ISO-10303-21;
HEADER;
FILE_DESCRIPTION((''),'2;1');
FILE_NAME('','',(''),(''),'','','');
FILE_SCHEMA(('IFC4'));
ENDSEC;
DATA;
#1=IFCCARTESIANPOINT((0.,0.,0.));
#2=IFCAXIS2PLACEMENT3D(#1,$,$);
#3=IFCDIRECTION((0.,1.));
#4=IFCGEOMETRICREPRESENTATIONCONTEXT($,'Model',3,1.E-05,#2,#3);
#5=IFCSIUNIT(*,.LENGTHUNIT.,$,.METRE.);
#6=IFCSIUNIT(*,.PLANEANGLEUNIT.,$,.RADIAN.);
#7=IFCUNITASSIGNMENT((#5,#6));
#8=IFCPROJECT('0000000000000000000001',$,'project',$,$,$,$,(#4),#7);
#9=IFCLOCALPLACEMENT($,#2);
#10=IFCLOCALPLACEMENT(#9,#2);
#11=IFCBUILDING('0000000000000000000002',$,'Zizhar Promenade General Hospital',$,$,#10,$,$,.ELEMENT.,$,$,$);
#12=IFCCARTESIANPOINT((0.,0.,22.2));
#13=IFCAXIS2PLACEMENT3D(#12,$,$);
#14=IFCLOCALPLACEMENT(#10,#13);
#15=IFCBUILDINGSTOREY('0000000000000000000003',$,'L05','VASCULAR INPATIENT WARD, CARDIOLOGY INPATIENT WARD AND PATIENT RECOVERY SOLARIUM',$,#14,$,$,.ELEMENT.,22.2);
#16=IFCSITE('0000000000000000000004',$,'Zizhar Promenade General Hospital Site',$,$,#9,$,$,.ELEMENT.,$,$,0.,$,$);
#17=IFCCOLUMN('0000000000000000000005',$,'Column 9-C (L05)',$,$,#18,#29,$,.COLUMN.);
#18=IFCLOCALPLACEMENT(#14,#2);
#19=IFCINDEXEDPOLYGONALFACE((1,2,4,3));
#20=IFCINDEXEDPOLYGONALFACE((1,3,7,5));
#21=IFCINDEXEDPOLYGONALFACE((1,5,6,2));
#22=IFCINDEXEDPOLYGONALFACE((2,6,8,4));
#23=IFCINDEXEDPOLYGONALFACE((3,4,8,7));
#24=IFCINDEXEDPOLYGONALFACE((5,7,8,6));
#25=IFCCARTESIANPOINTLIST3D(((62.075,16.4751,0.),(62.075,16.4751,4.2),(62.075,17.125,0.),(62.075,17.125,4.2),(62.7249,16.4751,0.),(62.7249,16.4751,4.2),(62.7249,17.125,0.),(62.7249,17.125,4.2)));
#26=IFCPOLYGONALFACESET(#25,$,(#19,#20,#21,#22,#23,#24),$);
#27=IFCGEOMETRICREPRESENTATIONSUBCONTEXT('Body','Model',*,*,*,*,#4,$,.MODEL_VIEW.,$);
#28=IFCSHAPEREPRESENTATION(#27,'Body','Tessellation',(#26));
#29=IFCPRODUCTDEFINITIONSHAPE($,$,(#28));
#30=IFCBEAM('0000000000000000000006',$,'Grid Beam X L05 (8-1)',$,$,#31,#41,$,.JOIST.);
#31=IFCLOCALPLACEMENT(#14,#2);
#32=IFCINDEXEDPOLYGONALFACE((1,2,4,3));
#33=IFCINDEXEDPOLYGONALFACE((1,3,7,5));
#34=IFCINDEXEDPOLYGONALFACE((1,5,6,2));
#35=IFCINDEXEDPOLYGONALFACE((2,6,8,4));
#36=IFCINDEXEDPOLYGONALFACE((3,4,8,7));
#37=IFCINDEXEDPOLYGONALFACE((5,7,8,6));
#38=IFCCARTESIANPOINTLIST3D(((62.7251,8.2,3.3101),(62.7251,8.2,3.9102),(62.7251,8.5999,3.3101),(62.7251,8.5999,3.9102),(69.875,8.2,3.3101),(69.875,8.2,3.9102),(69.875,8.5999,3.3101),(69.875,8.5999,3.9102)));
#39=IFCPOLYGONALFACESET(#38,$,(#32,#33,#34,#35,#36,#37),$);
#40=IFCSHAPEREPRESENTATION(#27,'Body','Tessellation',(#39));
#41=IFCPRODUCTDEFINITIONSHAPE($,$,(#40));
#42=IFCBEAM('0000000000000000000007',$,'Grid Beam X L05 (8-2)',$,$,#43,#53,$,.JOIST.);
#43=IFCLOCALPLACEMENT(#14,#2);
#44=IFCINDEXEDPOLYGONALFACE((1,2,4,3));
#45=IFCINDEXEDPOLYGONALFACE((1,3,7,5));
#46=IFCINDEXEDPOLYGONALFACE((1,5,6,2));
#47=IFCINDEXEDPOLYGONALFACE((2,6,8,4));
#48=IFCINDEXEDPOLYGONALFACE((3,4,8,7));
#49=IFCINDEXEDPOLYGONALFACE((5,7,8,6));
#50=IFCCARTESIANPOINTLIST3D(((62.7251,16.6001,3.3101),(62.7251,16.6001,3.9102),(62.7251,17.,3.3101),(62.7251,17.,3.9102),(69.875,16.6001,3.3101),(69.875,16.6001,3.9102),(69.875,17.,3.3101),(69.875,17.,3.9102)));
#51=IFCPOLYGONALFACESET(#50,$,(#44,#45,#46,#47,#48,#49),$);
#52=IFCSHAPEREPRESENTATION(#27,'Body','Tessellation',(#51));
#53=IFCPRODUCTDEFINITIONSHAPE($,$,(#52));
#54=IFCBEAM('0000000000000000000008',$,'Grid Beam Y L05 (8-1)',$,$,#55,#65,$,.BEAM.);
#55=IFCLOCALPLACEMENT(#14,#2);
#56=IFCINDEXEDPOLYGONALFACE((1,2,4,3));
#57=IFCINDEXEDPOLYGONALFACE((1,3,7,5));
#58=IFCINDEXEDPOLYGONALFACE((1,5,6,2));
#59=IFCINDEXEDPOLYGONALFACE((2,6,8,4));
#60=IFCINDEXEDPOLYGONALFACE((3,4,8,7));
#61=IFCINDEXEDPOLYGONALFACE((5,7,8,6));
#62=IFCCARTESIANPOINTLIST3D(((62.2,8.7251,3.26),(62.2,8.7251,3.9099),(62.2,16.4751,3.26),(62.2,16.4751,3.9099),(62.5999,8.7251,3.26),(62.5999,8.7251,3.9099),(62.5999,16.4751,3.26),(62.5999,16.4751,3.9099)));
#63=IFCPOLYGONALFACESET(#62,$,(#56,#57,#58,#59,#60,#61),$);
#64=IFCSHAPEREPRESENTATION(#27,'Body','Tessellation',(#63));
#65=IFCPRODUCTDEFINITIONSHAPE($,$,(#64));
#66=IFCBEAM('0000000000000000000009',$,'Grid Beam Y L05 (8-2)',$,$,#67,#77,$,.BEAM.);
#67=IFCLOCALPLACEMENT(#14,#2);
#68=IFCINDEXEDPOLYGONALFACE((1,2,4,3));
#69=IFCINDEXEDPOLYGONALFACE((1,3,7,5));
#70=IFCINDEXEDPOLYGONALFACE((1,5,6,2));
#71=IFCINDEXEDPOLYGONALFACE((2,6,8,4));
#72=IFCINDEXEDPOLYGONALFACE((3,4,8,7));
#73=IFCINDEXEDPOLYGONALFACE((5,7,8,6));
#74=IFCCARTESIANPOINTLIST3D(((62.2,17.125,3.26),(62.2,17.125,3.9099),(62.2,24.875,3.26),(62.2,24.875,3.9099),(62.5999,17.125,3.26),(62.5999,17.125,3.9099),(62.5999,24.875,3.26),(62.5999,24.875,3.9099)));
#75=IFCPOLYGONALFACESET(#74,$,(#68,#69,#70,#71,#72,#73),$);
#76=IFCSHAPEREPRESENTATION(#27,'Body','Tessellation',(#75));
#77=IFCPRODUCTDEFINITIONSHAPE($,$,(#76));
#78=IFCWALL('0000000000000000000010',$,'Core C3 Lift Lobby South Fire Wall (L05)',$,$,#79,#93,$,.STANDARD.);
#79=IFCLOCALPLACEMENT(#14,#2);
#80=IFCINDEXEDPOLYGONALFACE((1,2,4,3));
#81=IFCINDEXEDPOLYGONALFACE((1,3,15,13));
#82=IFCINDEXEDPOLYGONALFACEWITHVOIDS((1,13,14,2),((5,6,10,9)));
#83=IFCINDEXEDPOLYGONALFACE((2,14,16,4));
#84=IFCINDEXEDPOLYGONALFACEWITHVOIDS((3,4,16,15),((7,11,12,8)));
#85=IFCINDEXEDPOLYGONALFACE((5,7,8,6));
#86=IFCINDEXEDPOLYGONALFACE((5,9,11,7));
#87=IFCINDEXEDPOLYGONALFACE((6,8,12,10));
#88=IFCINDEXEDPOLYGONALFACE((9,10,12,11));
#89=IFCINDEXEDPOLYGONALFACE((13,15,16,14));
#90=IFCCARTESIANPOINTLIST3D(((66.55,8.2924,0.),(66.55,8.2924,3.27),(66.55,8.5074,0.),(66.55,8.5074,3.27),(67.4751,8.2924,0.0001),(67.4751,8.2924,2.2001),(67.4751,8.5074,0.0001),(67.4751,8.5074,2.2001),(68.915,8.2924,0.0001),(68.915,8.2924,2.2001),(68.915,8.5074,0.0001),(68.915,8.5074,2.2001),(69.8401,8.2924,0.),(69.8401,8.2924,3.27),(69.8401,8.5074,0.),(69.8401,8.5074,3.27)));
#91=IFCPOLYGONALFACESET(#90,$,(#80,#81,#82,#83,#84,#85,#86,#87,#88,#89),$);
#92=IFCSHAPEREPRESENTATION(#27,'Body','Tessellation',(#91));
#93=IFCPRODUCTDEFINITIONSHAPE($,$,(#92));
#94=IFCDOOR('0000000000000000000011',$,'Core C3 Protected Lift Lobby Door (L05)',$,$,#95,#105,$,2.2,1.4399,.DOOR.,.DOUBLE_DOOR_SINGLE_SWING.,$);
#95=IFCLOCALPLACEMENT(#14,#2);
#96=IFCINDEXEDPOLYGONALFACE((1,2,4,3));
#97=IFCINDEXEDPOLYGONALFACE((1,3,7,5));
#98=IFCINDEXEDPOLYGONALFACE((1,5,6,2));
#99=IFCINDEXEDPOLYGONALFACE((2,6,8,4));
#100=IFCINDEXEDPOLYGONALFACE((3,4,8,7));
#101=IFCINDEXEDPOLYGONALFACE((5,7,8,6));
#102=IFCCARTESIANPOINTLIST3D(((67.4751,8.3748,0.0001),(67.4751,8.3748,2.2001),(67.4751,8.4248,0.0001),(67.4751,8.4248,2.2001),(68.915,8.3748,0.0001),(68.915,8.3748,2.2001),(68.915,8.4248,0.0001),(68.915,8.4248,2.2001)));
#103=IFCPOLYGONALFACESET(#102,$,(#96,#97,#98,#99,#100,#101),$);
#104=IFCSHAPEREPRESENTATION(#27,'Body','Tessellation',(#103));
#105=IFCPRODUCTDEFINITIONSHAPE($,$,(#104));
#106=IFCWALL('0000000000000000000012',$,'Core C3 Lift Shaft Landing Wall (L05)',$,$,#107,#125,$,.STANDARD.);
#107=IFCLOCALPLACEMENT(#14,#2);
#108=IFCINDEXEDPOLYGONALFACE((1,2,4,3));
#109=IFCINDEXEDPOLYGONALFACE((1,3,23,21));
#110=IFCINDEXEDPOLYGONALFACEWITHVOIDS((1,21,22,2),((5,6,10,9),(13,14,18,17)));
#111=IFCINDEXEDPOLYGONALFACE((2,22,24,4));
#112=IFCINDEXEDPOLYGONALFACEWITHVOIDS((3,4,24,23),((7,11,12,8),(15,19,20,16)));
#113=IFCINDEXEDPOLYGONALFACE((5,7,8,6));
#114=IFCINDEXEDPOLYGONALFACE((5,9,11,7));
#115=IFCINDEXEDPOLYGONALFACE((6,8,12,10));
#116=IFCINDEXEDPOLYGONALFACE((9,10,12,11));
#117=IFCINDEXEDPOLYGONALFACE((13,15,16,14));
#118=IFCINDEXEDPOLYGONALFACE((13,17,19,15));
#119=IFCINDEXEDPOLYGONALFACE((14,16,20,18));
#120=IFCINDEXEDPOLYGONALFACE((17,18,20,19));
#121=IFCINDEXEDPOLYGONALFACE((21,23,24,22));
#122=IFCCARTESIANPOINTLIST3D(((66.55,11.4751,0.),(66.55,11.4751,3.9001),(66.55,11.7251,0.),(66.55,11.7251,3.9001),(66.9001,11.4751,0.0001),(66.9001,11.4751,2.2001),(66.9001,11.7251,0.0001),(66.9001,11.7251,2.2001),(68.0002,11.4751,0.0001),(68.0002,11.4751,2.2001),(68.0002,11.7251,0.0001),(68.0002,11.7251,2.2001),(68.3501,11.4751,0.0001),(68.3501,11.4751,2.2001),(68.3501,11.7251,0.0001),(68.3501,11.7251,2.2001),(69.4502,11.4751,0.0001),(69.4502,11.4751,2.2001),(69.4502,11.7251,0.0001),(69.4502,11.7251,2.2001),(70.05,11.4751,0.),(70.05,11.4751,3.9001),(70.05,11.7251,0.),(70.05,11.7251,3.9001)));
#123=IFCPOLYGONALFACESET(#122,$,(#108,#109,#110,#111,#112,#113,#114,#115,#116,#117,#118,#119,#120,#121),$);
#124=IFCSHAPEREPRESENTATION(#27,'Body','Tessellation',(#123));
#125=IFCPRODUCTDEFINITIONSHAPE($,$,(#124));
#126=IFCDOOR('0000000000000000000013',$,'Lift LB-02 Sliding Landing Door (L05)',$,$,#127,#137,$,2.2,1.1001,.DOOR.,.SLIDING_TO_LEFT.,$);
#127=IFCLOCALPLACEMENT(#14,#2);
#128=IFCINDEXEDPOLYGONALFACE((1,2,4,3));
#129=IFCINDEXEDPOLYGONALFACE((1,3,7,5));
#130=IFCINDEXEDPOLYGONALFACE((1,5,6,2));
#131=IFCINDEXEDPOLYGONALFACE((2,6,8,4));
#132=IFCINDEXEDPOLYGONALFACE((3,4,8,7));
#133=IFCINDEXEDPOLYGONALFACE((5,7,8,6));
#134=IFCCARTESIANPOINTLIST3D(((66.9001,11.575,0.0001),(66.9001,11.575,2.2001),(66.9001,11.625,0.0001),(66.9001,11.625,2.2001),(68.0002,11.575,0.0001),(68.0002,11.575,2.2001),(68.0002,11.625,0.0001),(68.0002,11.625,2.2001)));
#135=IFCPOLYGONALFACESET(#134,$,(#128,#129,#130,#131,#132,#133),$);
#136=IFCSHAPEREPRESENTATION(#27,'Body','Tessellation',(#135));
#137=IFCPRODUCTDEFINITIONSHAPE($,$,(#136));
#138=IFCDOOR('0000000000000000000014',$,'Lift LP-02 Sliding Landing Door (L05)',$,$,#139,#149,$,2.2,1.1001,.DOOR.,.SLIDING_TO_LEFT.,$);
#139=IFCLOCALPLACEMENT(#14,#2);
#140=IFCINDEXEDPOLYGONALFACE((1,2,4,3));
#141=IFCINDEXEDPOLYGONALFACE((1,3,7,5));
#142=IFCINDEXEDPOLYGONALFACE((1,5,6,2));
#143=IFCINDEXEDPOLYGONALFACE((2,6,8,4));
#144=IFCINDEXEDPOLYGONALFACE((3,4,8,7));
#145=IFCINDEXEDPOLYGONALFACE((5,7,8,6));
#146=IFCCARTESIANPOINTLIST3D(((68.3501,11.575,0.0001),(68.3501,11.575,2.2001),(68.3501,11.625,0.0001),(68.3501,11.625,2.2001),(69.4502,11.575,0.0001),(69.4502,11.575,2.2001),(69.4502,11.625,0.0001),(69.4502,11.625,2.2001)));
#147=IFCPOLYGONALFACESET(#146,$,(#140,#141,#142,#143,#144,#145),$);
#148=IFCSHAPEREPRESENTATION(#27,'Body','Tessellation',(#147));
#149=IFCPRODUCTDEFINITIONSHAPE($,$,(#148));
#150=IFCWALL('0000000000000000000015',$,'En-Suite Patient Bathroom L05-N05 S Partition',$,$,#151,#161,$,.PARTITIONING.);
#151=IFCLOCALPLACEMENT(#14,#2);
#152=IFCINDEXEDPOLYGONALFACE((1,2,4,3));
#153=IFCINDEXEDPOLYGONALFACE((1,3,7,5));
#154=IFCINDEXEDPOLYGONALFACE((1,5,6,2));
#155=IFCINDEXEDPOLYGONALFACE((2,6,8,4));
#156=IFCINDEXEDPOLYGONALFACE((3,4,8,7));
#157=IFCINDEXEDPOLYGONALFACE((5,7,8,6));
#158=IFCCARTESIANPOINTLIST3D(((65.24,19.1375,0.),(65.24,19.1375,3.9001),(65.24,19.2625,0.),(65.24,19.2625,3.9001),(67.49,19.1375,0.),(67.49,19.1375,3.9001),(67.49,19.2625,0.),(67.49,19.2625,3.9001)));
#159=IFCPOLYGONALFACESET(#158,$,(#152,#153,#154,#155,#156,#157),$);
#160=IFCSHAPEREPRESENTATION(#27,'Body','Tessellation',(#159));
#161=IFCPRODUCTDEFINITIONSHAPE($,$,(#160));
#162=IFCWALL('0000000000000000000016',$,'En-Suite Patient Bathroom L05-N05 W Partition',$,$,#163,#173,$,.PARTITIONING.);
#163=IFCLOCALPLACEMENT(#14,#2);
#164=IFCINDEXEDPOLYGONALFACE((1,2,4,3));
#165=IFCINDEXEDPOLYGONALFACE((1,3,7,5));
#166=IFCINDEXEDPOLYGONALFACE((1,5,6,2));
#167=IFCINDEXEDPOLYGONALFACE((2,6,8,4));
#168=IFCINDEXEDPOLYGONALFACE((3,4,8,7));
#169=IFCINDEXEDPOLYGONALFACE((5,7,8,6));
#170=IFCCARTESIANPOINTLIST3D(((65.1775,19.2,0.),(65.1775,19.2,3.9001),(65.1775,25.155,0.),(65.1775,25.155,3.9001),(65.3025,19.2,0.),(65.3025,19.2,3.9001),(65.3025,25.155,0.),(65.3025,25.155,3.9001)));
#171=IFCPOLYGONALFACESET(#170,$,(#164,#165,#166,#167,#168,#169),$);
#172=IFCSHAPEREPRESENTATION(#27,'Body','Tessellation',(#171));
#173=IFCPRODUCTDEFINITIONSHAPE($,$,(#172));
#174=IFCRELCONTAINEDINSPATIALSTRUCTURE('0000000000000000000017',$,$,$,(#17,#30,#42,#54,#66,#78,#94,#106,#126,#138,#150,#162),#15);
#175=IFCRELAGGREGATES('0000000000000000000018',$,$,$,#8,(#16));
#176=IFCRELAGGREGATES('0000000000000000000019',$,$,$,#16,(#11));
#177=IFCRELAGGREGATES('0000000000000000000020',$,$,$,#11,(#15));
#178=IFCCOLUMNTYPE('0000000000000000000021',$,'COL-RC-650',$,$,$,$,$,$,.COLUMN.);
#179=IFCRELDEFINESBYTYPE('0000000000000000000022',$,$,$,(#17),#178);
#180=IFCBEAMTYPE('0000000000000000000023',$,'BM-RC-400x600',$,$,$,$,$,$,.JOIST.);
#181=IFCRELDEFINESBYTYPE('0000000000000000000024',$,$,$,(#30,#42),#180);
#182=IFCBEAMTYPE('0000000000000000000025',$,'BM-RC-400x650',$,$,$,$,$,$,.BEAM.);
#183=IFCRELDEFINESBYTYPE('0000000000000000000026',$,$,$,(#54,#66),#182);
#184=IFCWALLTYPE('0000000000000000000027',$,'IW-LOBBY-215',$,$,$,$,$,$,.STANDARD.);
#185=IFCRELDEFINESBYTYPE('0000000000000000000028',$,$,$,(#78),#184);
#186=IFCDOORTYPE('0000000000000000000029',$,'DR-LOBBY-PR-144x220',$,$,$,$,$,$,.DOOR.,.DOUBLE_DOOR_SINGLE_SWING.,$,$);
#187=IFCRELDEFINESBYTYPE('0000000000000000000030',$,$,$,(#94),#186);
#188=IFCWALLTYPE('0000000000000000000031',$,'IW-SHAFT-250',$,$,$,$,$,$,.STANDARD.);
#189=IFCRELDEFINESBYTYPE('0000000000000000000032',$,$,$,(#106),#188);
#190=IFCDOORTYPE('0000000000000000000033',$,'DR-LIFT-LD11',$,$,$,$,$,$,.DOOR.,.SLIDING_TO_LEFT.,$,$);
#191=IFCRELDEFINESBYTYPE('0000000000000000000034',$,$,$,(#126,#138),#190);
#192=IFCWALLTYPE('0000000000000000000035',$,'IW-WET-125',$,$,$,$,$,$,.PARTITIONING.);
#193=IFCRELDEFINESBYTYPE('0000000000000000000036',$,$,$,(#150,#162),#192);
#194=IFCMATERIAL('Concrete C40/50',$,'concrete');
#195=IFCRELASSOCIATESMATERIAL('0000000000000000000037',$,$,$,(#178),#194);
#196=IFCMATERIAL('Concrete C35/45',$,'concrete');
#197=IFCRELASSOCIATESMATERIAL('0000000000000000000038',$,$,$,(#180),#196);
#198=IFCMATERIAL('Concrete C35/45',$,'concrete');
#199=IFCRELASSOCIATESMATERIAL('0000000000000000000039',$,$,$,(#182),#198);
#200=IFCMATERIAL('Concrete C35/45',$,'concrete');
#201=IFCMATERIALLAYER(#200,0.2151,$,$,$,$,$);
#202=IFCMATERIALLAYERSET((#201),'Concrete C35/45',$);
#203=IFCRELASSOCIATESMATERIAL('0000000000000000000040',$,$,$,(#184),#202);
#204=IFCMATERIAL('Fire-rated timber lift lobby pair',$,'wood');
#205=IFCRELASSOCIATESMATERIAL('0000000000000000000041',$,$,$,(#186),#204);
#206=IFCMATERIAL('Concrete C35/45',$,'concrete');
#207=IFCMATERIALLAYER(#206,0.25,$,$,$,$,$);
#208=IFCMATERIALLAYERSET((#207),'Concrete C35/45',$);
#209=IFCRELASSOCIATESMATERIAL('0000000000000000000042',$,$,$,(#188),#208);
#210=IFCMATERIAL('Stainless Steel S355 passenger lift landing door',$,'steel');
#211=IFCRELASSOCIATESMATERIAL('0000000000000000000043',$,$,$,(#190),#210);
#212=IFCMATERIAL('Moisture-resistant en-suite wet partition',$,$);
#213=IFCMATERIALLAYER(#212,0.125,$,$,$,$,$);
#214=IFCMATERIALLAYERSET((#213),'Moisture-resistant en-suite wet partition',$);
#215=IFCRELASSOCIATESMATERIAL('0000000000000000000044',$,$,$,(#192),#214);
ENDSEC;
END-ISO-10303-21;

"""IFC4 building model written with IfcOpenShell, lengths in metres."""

from ifc_helpers import new_model, si_unit, direction, frame, frame_2d, origin, origin_2d, place, context, subcontext, project, spatial, rectangle, extrude, material, layer, layer_set, material_profile, profile_set, type_object, element, fill, save


model = new_model("IFC4")

# Units and contexts
model_context = context("Model", 3, precision=1e-05, world=origin(), true_north=direction((0.0, 1.0)))
body_context = subcontext(model_context, "Body", "Model", "MODEL_VIEW")
ifc_project = project(units=[si_unit("LENGTHUNIT", "METRE"), si_unit("PLANEANGLEUNIT", "RADIAN")], contexts=[model_context])

# Site, building, storey
site_placement = place(None, origin())
site = spatial("IfcSite", under=ifc_project, at=site_placement, Name="Zizhar Promenade General Hospital Site", CompositionType="ELEMENT", RefElevation=0.0)
building_placement = place(site_placement, origin())
building = spatial("IfcBuilding", under=site, at=building_placement, Name="Zizhar Promenade General Hospital", CompositionType="ELEMENT")
storey_placement = place(building_placement, frame((0.0, 0.0, 22.2)))
storey = spatial("IfcBuildingStorey", under=building, at=storey_placement, Name="L05", Description="VASCULAR INPATIENT WARD, CARDIOLOGY INPATIENT WARD AND PATIENT RECOVERY SOLARIUM", CompositionType="ELEMENT", Elevation=22.2)

# Column
ifc_material_1 = material(Name="Concrete C40/50", Category="concrete")
ifc_material_profile_1 = material_profile(ifc_material_1, rectangle(XDim=0.6499, YDim=0.6499, at=origin_2d()))
ifc_profile_set_1 = profile_set([ifc_material_profile_1], Name="Concrete C40/50")
column_type = type_object("IfcColumnType", Name="COL-RC-650", PredefinedType="COLUMN", material=ifc_profile_set_1)
column_placement = place(storey_placement, frame((62.3999, 16.8, 0.0), z_axis=(0.0, 0.0, 1.0), x_axis=(1.0, 0.0, 0.0)))
element("IfcColumn", 1, at=column_placement, inside=storey, type_object=column_type, Name="Column 9-C (L05)", PredefinedType="COLUMN", context=body_context, shape_type="SweptSolid", body=[
    extrude(rectangle(XDim=0.6499, YDim=0.6499, at=origin_2d()), origin(), (0.0, 0.0, 1.0), 4.2),
])

# Beams
ifc_material_2 = material(Name="Concrete C35/45", Category="concrete")
ifc_material_profile_2 = material_profile(ifc_material_2, rectangle(XDim=0.3999, YDim=0.6001, at=origin_2d()))
ifc_profile_set_2 = profile_set([ifc_material_profile_2], Name="Concrete C35/45")
beam_type_1 = type_object("IfcBeamType", Name="BM-RC-400x600", PredefinedType="JOIST", material=ifc_profile_set_2)
for number, where, z_axis, x_axis, name in (
    (2, (62.7251, 8.3999, 3.6101), (1.0, 0.0, 0.0), (0.0, 1.0, 0.0), "Grid Beam X L05 (8-1)"),
    (3, (62.7251, 16.8, 3.6101), (1.0, 0.0, 0.0), (0.0, 1.0, 0.0), "Grid Beam X L05 (8-2)"),
):
    element("IfcBeam", number, at=place(storey_placement, frame(where, z_axis=z_axis, x_axis=x_axis)), inside=storey, type_object=beam_type_1, Name=name, PredefinedType="JOIST", context=body_context, shape_type="SweptSolid", body=[
        extrude(rectangle(XDim=0.3999, YDim=0.6001, at=origin_2d()), origin(), (0.0, 0.0, 1.0), 7.1499),
    ])
ifc_material_3 = material(Name="Concrete C35/45", Category="concrete")
ifc_material_profile_3 = material_profile(ifc_material_3, rectangle(XDim=0.3999, YDim=0.6499, at=origin_2d()))
ifc_profile_set_3 = profile_set([ifc_material_profile_3], Name="Concrete C35/45")
beam_type_2 = type_object("IfcBeamType", Name="BM-RC-400x650", PredefinedType="BEAM", material=ifc_profile_set_3)
for number, where, z_axis, x_axis, name in (
    (4, (62.3999, 8.7251, 3.585), (0.0, 1.0, 0.0), (-1.0, 0.0, 0.0), "Grid Beam Y L05 (8-1)"),
    (5, (62.3999, 17.125, 3.585), (0.0, 1.0, 0.0), (-1.0, 0.0, 0.0), "Grid Beam Y L05 (8-2)"),
):
    element("IfcBeam", number, at=place(storey_placement, frame(where, z_axis=z_axis, x_axis=x_axis)), inside=storey, type_object=beam_type_2, Name=name, PredefinedType="BEAM", context=body_context, shape_type="SweptSolid", body=[
        extrude(rectangle(XDim=0.3999, YDim=0.6499, at=origin_2d()), origin(), (0.0, 0.0, 1.0), 7.75),
    ])

# Wall, opening, door
ifc_material_4 = material(Name="Concrete C35/45", Category="concrete")
ifc_layer_1 = layer(ifc_material_4, 0.2151)
ifc_layer_set_1 = layer_set([ifc_layer_1], Name="Concrete C35/45")
wall_type_1 = type_object("IfcWallType", Name="IW-LOBBY-215", PredefinedType="STANDARD", material=ifc_layer_set_1)
wall_1_placement = place(storey_placement, frame((66.55, 8.3999, 0.0), z_axis=(0.0, 0.0, 1.0), x_axis=(1.0, 0.0, 0.0)))
wall_1 = element("IfcWall", 6, at=wall_1_placement, inside=storey, type_object=wall_type_1, Name="Core C3 Lift Lobby South Fire Wall (L05)", PredefinedType="STANDARD", context=body_context, shape_type="SweptSolid", body=[
    extrude(rectangle(XDim=3.29, YDim=0.2151, at=frame_2d((1.645, 0.0))), origin(), (0.0, 0.0, 1.0), 3.27),
])
opening_1_placement = place(wall_1_placement, frame((0.925, 0.0, 0.0)))
opening_1 = element("IfcOpeningElement", 7, at=opening_1_placement, cuts=wall_1, PredefinedType="OPENING", context=body_context, shape_type="SweptSolid", body=[
    extrude(rectangle(XDim=1.4399, YDim=2.2, at=frame_2d((0.72, 1.1001))), frame((0.0, 0.1177, 0.0), z_axis=(0.0, -1.0, 0.0), x_axis=(1.0, 0.0, 0.0)), (0.0, 0.0, 1.0), 0.2351),
])
ifc_material_5 = material(Name="Fire-rated timber lift lobby pair", Category="wood")
door_type_1 = type_object("IfcDoorType", Name="DR-LOBBY-PR-144x220", OperationType="DOUBLE_DOOR_SINGLE_SWING", PredefinedType="DOOR", material=ifc_material_5)
door_1_placement = place(opening_1_placement, origin())
door_1 = element("IfcDoor", 8, at=door_1_placement, inside=storey, type_object=door_type_1, Name="Core C3 Protected Lift Lobby Door (L05)", OperationType="DOUBLE_DOOR_SINGLE_SWING", OverallHeight=2.2, OverallWidth=1.4399, PredefinedType="DOOR", context=body_context, shape_type="SweptSolid", body=[
    extrude(rectangle(XDim=1.4399, YDim=2.2, at=frame_2d((0.72, 1.1001))), frame((0.0, 0.0249, 0.0), z_axis=(0.0, -1.0, 0.0), x_axis=(1.0, 0.0, 0.0)), (0.0, 0.0, 1.0), 0.05),
])
fill(opening_1, door_1)

# Wall, openings, doors
ifc_material_6 = material(Name="Concrete C35/45", Category="concrete")
ifc_layer_2 = layer(ifc_material_6, 0.25)
ifc_layer_set_2 = layer_set([ifc_layer_2], Name="Concrete C35/45")
wall_type_2 = type_object("IfcWallType", Name="IW-SHAFT-250", PredefinedType="STANDARD", material=ifc_layer_set_2)
wall_2_placement = place(storey_placement, frame((66.55, 11.6001, 0.0), z_axis=(0.0, 0.0, 1.0), x_axis=(1.0, 0.0, 0.0)))
wall_2 = element("IfcWall", 9, at=wall_2_placement, inside=storey, type_object=wall_type_2, Name="Core C3 Lift Shaft Landing Wall (L05)", PredefinedType="STANDARD", context=body_context, shape_type="SweptSolid", body=[
    extrude(rectangle(XDim=3.5, YDim=0.25, at=frame_2d((1.75, 0.0))), origin(), (0.0, 0.0, 1.0), 3.9001),
])
opening_2_placement = place(wall_2_placement, frame((0.3501, 0.0, 0.0)))
opening_2 = element("IfcOpeningElement", 10, at=opening_2_placement, cuts=wall_2, PredefinedType="OPENING", context=body_context, shape_type="SweptSolid", body=[
    extrude(rectangle(XDim=1.1001, YDim=2.2, at=frame_2d((0.55, 1.1001))), frame((0.0, 0.135, 0.0), z_axis=(0.0, -1.0, 0.0), x_axis=(1.0, 0.0, 0.0)), (0.0, 0.0, 1.0), 0.27),
])
opening_3_placement = place(wall_2_placement, frame((1.8, 0.0, 0.0)))
opening_3 = element("IfcOpeningElement", 11, at=opening_3_placement, cuts=wall_2, PredefinedType="OPENING", context=body_context, shape_type="SweptSolid", body=[
    extrude(rectangle(XDim=1.1001, YDim=2.2, at=frame_2d((0.55, 1.1001))), frame((0.0, 0.135, 0.0), z_axis=(0.0, -1.0, 0.0), x_axis=(1.0, 0.0, 0.0)), (0.0, 0.0, 1.0), 0.27),
])
ifc_material_7 = material(Name="Stainless Steel S355 passenger lift landing door", Category="steel")
door_type_2 = type_object("IfcDoorType", Name="DR-LIFT-LD11", OperationType="SLIDING_TO_LEFT", PredefinedType="DOOR", material=ifc_material_7)
door_2_placement = place(opening_2_placement, origin())
door_2 = element("IfcDoor", 12, at=door_2_placement, inside=storey, type_object=door_type_2, Name="Lift LB-02 Sliding Landing Door (L05)", OperationType="SLIDING_TO_LEFT", OverallHeight=2.2, OverallWidth=1.1001, PredefinedType="DOOR", context=body_context, shape_type="SweptSolid", body=[
    extrude(rectangle(XDim=1.1001, YDim=2.2, at=frame_2d((0.55, 1.1001))), frame((0.0, 0.0249, 0.0), z_axis=(0.0, -1.0, 0.0), x_axis=(1.0, 0.0, 0.0)), (0.0, 0.0, 1.0), 0.05),
])
fill(opening_2, door_2)
door_3_placement = place(opening_3_placement, origin())
door_3 = element("IfcDoor", 13, at=door_3_placement, inside=storey, type_object=door_type_2, Name="Lift LP-02 Sliding Landing Door (L05)", OperationType="SLIDING_TO_LEFT", OverallHeight=2.2, OverallWidth=1.1001, PredefinedType="DOOR", context=body_context, shape_type="SweptSolid", body=[
    extrude(rectangle(XDim=1.1001, YDim=2.2, at=frame_2d((0.55, 1.1001))), frame((0.0, 0.0249, 0.0), z_axis=(0.0, -1.0, 0.0), x_axis=(1.0, 0.0, 0.0)), (0.0, 0.0, 1.0), 0.05),
])
fill(opening_3, door_3)

# Walls
ifc_material_8 = material(Name="Moisture-resistant en-suite wet partition")
ifc_layer_3 = layer(ifc_material_8, 0.125)
ifc_layer_set_3 = layer_set([ifc_layer_3], Name="Moisture-resistant en-suite wet partition")
wall_type_3 = type_object("IfcWallType", Name="IW-WET-125", PredefinedType="PARTITIONING", material=ifc_layer_set_3)
wall_3_placement = place(storey_placement, frame((65.24, 19.2, 0.0), z_axis=(0.0, 0.0, 1.0), x_axis=(1.0, 0.0, 0.0)))
element("IfcWall", 14, at=wall_3_placement, inside=storey, type_object=wall_type_3, Name="En-Suite Patient Bathroom L05-N05 S Partition", PredefinedType="PARTITIONING", context=body_context, shape_type="SweptSolid", body=[
    extrude(rectangle(XDim=2.25, YDim=0.125, at=frame_2d((1.125, 0.0))), origin(), (0.0, 0.0, 1.0), 3.9001),
])
wall_4_placement = place(storey_placement, frame((65.24, 19.2, 0.0), z_axis=(0.0, 0.0, 1.0), x_axis=(0.0, 1.0, 0.0)))
element("IfcWall", 15, at=wall_4_placement, inside=storey, type_object=wall_type_3, Name="En-Suite Patient Bathroom L05-N05 W Partition", PredefinedType="PARTITIONING", context=body_context, shape_type="SweptSolid", body=[
    extrude(rectangle(XDim=5.9551, YDim=0.125, at=frame_2d((2.9775, 0.0))), origin(), (0.0, 0.0, 1.0), 3.9001),
])

save(model, "model.ifc")
